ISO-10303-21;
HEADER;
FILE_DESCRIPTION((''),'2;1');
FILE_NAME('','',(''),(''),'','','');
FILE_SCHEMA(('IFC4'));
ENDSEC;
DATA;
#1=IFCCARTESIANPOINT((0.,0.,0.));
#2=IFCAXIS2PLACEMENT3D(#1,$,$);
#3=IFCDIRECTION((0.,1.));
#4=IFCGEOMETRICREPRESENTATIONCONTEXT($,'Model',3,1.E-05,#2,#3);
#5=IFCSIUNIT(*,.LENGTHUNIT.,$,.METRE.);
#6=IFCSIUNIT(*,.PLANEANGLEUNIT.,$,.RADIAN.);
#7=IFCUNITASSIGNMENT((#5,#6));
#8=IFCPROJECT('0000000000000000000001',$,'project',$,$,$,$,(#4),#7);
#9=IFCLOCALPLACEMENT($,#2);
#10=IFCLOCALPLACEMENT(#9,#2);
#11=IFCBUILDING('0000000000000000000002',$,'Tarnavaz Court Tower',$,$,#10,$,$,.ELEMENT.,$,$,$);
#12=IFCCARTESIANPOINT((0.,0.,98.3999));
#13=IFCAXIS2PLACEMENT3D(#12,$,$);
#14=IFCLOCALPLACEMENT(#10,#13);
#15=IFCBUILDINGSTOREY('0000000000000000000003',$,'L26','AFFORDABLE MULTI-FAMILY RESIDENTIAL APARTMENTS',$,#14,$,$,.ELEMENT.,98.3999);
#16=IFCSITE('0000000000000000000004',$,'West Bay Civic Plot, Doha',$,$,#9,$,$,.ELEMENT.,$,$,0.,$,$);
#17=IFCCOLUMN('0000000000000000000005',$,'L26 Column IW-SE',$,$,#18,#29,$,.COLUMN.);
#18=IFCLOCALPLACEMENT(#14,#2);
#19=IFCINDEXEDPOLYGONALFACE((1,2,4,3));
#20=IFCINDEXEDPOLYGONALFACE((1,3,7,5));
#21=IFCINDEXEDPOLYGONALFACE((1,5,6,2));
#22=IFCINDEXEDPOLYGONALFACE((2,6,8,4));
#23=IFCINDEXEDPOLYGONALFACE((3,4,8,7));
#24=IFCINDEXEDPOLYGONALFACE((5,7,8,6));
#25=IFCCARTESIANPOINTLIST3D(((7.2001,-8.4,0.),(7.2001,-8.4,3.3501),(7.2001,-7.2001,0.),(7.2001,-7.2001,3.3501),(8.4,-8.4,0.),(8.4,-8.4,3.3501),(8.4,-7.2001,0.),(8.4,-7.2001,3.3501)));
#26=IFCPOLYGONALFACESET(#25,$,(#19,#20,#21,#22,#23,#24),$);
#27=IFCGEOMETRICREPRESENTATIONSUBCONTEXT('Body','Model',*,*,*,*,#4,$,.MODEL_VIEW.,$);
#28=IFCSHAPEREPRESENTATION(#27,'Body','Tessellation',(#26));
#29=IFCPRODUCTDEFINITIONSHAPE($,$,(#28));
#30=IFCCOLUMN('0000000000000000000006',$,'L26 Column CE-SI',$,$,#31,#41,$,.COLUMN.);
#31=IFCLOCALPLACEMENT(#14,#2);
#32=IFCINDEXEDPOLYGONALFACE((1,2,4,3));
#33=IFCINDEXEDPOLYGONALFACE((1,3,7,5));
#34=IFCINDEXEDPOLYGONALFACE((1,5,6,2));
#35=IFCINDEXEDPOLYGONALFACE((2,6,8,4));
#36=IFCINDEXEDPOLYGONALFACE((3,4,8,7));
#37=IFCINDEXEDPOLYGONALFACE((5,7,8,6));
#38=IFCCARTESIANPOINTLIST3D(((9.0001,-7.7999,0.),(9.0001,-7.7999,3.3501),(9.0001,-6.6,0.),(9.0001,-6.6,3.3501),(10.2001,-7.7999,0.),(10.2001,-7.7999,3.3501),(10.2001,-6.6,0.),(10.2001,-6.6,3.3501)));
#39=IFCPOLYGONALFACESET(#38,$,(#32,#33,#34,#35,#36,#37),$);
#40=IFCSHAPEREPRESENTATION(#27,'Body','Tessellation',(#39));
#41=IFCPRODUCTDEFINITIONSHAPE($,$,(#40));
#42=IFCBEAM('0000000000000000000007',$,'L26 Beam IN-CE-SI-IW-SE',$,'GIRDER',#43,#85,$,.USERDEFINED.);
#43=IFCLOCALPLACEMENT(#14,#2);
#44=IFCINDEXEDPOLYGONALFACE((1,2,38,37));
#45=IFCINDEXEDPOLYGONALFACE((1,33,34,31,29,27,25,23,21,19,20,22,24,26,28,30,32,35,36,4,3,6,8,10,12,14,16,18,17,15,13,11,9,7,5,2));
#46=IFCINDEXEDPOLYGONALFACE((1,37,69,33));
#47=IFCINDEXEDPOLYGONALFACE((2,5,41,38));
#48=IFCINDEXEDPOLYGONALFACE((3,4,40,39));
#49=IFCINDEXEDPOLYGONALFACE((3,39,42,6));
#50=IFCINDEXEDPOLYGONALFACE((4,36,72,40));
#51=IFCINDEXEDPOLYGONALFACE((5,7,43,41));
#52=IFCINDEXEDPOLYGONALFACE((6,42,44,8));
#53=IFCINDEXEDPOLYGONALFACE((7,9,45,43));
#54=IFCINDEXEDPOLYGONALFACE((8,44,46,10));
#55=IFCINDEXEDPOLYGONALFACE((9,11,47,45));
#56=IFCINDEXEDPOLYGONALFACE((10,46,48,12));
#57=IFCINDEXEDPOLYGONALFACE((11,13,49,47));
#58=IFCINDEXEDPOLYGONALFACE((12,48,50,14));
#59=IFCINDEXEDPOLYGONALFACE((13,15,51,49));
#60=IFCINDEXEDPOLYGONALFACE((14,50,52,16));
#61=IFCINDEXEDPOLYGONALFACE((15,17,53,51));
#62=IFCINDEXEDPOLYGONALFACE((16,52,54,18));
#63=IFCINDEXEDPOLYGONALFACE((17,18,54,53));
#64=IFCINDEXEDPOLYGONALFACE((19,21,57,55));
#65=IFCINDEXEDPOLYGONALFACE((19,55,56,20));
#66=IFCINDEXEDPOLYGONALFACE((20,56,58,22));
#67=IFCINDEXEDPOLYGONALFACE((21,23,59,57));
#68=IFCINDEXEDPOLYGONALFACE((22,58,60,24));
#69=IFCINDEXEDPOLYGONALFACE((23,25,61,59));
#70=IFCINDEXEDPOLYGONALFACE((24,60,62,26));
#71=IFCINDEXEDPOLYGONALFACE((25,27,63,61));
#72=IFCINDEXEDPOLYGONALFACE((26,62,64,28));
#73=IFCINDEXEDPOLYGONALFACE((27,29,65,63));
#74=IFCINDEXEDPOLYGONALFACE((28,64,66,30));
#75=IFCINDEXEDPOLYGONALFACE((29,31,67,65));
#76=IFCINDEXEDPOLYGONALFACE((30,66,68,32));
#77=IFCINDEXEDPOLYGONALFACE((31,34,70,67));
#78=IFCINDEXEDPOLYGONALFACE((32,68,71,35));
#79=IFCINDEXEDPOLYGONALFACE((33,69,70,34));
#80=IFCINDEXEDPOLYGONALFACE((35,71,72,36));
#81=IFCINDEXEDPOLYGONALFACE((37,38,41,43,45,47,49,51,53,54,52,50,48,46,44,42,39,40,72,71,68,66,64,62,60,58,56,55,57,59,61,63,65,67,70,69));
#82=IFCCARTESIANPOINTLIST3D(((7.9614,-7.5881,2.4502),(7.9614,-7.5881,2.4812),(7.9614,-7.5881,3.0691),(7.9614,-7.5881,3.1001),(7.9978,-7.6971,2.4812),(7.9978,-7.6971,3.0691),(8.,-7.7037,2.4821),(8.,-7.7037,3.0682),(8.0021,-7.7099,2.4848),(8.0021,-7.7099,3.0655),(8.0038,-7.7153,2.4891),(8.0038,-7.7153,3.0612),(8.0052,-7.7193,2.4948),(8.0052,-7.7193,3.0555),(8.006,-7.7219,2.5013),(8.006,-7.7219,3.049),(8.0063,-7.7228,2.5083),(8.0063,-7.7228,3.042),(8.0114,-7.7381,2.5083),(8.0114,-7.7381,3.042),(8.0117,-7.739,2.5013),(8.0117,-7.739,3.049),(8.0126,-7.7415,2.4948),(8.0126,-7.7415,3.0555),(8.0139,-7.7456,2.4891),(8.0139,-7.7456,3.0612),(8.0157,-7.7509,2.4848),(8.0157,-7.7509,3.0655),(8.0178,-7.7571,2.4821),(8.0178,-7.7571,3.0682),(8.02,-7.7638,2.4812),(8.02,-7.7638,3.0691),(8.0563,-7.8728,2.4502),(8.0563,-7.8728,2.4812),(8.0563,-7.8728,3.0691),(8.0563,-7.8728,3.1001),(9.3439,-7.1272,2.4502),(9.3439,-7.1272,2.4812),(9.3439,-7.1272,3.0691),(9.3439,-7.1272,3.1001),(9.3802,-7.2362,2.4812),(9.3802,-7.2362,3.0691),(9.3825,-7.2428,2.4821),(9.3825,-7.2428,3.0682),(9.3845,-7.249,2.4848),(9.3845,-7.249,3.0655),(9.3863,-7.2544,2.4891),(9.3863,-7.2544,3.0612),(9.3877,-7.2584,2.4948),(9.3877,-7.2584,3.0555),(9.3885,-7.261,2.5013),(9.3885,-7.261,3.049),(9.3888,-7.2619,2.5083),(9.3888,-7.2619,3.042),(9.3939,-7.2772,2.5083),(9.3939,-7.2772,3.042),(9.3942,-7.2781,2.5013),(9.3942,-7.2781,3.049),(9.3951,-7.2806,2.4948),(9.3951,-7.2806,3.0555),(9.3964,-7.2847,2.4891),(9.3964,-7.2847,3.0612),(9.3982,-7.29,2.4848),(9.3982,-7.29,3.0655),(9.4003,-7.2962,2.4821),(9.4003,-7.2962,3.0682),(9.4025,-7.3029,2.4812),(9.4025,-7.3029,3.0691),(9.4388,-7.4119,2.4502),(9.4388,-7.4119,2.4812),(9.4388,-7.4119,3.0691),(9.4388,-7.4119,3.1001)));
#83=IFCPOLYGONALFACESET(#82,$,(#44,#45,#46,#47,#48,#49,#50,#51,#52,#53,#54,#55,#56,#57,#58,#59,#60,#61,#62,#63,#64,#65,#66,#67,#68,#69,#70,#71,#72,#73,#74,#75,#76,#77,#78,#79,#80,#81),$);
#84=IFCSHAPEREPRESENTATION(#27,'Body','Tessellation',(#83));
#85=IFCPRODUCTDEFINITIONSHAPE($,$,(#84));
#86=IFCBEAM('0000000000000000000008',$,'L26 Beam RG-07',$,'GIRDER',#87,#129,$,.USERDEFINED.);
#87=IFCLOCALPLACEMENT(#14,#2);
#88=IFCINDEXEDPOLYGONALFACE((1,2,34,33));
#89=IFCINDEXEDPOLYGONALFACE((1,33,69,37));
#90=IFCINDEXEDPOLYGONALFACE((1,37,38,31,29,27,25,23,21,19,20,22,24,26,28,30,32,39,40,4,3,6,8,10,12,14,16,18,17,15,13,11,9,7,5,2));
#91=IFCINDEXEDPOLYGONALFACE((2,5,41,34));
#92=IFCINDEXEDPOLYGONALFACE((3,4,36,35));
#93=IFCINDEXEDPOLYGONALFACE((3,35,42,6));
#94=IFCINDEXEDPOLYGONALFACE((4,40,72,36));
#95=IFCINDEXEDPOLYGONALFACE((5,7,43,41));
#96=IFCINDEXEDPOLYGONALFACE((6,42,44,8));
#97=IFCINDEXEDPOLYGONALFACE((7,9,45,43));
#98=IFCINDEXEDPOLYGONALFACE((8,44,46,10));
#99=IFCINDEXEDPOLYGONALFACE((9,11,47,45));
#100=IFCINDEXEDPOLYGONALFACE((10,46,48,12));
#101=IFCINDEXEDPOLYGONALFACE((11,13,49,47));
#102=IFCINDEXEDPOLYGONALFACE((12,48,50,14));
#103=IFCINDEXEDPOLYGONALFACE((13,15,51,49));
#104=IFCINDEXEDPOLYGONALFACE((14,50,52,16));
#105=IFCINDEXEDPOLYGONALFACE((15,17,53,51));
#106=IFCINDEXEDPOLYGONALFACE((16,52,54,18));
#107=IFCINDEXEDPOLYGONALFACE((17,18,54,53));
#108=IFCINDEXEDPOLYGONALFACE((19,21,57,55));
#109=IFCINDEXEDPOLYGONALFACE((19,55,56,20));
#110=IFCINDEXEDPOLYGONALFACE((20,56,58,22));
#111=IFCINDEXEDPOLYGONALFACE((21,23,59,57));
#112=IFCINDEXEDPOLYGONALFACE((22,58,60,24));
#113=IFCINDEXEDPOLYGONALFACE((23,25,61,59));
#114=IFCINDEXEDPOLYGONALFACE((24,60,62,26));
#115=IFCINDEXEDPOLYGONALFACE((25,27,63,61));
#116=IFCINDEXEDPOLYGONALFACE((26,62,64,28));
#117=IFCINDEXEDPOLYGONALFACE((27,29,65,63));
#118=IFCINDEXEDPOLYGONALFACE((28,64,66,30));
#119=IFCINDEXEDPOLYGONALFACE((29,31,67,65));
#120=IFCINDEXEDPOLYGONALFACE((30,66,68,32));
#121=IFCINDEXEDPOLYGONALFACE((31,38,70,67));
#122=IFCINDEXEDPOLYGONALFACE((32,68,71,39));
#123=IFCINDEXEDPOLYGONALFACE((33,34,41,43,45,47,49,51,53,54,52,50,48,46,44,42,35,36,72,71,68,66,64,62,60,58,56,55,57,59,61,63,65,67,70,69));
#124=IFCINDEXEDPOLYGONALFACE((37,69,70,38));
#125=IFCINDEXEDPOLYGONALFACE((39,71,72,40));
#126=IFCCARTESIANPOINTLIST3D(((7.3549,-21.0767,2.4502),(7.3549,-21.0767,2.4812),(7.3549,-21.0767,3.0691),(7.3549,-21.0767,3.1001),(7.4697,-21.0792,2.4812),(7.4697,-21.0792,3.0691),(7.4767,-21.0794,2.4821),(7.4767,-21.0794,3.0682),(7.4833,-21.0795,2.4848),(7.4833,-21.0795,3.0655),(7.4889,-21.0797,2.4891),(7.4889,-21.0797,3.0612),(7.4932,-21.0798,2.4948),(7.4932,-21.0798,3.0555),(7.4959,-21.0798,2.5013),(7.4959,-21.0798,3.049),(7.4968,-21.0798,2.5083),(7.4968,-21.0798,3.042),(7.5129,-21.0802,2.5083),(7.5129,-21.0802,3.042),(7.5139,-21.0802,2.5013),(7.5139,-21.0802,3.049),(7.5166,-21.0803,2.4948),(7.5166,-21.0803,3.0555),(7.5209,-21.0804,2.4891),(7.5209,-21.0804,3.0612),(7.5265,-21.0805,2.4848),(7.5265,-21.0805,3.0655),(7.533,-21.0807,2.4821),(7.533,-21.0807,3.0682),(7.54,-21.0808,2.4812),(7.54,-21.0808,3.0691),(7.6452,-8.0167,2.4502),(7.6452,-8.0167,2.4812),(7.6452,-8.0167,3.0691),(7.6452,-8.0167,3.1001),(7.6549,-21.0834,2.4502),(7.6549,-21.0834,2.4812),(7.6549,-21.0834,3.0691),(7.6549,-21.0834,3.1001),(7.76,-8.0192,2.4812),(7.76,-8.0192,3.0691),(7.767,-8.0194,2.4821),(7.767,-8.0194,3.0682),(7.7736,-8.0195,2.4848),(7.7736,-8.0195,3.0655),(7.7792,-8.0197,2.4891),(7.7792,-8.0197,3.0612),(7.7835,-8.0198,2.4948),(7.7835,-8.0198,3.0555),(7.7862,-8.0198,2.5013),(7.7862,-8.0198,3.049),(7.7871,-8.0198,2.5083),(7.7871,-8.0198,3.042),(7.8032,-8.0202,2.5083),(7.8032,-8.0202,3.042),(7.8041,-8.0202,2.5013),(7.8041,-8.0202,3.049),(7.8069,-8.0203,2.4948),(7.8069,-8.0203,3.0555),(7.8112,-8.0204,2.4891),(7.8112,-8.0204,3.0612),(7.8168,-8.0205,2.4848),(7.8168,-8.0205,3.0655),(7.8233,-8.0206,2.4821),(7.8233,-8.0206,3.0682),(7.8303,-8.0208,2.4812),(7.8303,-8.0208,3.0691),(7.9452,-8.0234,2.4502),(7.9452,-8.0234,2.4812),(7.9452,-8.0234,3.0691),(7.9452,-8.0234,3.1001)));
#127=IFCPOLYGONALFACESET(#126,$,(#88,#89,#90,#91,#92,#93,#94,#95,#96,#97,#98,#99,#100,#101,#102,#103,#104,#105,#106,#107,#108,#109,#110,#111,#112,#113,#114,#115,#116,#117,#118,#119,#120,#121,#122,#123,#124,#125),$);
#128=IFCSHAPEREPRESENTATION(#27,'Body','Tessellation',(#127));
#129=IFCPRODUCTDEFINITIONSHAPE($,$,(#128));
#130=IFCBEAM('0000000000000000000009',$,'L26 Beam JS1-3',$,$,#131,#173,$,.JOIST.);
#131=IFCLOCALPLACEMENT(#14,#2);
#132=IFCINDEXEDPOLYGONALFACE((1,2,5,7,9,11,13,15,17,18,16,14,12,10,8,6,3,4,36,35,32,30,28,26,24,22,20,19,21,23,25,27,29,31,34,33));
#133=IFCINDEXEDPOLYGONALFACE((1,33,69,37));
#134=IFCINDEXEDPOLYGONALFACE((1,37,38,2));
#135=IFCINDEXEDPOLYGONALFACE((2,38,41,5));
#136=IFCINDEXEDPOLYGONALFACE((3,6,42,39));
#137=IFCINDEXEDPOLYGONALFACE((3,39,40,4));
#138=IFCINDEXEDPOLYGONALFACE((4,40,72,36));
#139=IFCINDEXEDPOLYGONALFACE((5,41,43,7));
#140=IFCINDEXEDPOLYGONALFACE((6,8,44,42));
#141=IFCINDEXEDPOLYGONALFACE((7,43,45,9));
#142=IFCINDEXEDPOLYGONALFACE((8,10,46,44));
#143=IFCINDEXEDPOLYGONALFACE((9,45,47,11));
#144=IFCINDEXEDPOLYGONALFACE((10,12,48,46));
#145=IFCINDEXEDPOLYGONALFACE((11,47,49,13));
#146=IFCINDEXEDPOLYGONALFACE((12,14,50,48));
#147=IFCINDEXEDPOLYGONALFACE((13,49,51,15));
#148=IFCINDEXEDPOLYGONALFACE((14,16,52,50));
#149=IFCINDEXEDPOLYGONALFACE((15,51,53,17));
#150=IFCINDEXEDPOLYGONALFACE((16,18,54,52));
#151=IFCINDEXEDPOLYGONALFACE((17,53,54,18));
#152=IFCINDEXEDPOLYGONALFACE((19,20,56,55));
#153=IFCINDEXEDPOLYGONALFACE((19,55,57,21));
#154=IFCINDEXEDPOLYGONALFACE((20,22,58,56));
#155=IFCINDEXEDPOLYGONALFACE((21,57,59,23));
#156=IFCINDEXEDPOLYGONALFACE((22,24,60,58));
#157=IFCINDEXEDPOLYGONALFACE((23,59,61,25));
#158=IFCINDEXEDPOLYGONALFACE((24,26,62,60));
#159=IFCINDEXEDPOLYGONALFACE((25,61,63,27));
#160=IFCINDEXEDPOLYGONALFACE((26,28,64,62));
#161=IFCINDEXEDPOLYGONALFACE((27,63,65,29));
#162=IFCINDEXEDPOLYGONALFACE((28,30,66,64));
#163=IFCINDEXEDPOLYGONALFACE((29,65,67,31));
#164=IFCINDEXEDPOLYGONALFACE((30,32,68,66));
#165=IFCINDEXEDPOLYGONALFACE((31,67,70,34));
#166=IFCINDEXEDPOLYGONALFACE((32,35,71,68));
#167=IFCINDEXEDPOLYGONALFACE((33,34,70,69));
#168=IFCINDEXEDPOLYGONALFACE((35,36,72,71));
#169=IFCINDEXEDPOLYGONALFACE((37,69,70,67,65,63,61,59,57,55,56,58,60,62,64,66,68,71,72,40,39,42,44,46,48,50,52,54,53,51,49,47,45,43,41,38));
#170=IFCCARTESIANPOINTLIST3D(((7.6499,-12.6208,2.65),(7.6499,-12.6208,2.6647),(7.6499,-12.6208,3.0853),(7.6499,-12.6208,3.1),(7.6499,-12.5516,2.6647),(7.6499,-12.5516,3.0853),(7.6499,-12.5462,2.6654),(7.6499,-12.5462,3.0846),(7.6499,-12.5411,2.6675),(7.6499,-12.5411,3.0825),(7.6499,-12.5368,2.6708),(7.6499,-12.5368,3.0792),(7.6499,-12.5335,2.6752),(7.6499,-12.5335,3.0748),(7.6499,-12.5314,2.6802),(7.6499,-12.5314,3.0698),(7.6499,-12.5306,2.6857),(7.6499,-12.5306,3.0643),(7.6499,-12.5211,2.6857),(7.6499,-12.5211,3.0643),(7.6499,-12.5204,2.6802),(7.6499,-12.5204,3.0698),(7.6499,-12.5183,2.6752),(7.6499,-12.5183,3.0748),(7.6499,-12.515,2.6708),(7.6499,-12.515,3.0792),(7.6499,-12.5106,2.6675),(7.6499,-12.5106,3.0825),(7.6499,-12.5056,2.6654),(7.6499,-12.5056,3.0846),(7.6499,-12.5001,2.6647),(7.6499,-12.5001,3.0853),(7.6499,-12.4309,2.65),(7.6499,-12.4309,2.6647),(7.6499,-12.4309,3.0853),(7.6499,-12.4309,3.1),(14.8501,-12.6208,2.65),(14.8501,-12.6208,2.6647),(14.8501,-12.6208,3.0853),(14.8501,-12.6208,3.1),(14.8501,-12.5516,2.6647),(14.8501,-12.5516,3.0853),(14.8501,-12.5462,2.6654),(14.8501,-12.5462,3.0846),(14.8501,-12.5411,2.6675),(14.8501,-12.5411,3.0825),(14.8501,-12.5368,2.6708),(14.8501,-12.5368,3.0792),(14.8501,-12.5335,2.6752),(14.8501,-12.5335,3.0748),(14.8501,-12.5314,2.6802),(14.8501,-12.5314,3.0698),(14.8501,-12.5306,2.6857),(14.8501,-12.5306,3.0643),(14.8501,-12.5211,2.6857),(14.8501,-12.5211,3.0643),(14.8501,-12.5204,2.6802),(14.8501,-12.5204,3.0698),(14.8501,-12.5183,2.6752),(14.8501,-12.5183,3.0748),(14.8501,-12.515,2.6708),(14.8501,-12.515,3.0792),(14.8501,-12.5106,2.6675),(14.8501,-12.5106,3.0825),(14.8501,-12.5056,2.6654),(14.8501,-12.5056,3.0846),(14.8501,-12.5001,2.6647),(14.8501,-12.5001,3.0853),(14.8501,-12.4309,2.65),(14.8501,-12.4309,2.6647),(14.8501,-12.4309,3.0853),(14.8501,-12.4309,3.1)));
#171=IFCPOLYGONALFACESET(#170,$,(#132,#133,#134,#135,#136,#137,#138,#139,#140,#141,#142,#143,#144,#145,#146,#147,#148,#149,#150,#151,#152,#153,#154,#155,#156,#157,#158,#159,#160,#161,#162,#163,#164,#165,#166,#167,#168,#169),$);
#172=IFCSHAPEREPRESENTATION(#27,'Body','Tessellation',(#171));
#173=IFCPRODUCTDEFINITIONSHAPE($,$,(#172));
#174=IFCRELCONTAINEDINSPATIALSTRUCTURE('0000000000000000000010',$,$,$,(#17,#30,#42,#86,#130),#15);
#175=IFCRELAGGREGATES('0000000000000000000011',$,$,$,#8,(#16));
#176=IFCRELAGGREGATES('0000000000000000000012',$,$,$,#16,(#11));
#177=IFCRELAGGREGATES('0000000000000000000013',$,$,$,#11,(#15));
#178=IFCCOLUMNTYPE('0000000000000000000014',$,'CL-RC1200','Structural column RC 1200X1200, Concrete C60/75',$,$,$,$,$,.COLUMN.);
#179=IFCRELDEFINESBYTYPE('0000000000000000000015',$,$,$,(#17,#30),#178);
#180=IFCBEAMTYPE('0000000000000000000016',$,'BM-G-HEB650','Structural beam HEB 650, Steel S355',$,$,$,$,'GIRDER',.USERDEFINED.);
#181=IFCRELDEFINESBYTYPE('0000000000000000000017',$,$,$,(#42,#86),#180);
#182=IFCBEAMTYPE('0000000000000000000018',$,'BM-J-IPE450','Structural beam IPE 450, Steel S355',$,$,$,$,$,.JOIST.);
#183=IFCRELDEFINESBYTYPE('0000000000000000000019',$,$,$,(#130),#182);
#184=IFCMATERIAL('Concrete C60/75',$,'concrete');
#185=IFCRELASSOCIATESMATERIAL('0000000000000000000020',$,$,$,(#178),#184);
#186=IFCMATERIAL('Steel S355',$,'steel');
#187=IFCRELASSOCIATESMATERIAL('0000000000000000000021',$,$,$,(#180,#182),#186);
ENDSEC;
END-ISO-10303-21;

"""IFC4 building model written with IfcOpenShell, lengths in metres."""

from ifc_helpers import new_model, si_unit, direction, frame, origin, origin_2d, place, context, subcontext, project, spatial, rectangle, i_section, extrude, material, material_profile, profile_set, type_object, element, save


model = new_model("IFC4")

# Units and contexts
model_context = context("Model", 3, precision=1e-05, world=origin(), true_north=direction((0.0, 1.0)))
body_context = subcontext(model_context, "Body", "Model", "MODEL_VIEW")
ifc_project = project(units=[si_unit("LENGTHUNIT", "METRE"), si_unit("PLANEANGLEUNIT", "RADIAN")], contexts=[model_context])

# Site, building, storey
site_placement = place(None, origin())
site = spatial("IfcSite", under=ifc_project, at=site_placement, Name="West Bay Civic Plot, Doha", CompositionType="ELEMENT", RefElevation=0.0)
building_placement = place(site_placement, origin())
building = spatial("IfcBuilding", under=site, at=building_placement, Name="Tarnavaz Court Tower", CompositionType="ELEMENT")
storey_placement = place(building_placement, frame((0.0, 0.0, 98.3999)))
storey = spatial("IfcBuildingStorey", under=building, at=storey_placement, Name="L26", Description="AFFORDABLE MULTI-FAMILY RESIDENTIAL APARTMENTS", CompositionType="ELEMENT", Elevation=98.3999)

# Columns
ifc_material_1 = material(Name="Concrete C60/75", Category="concrete")
ifc_material_profile_1 = material_profile(ifc_material_1, rectangle(XDim=1.2, YDim=1.2, at=origin_2d()), Name="RC 1200X1200")
ifc_profile_set_1 = profile_set([ifc_material_profile_1], Name="Concrete C60/75")
column_type = type_object("IfcColumnType", Name="CL-RC1200", Description="Structural column RC 1200X1200, Concrete C60/75", PredefinedType="COLUMN", material=ifc_profile_set_1)
for number, where, z_axis, x_axis, name in (
    (1, (7.8, -7.8, 0.0), (0.0, 0.0, 1.0), (1.0, 0.0, 0.0), "L26 Column IW-SE"),
    (2, (9.6001, -7.2, 0.0), (0.0, 0.0, 1.0), (1.0, 0.0, 0.0), "L26 Column CE-SI"),
):
    element("IfcColumn", number, at=place(storey_placement, frame(where, z_axis=z_axis, x_axis=x_axis)), inside=storey, type_object=column_type, Name=name, PredefinedType="COLUMN", context=body_context, shape_type="SweptSolid", body=[
        extrude(rectangle(XDim=1.2, YDim=1.2, at=origin_2d()), origin(), (0.0, 0.0, 1.0), 3.3501),
    ])

# Beams
ifc_material_2 = material(Name="Steel S355", Category="steel")
ifc_material_profile_2 = material_profile(ifc_material_2, i_section(OverallWidth=0.3, OverallDepth=0.6499, WebThickness=0.0161, FlangeThickness=0.031, FilletRadius=0.0271, at=origin_2d()), Name="HEB 650")
ifc_profile_set_2 = profile_set([ifc_material_profile_2], Name="Steel S355")
beam_type_1 = type_object("IfcBeamType", Name="BM-G-HEB650", Description="Structural beam HEB 650, Steel S355", ElementType="GIRDER", PredefinedType="USERDEFINED", material=ifc_profile_set_2)
beam_1_placement = place(storey_placement, frame((9.3914, -7.2695, 2.7751), z_axis=(-0.948667, -0.316278, 0.0), x_axis=(0.316278, -0.948667, 0.0)))
element("IfcBeam", 3, at=beam_1_placement, inside=storey, type_object=beam_type_1, Name="L26 Beam IN-CE-SI-IW-SE", ObjectType="GIRDER", PredefinedType="USERDEFINED", context=body_context, shape_type="SweptSolid", body=[
    extrude(i_section(OverallWidth=0.3, OverallDepth=0.6499, WebThickness=0.0161, FlangeThickness=0.031, FilletRadius=0.0271, at=origin_2d()), origin(), (0.0, 0.0, 1.0), 1.4573),
])
beam_2_placement = place(storey_placement, frame((7.7952, -8.02, 2.7751), z_axis=(-0.022221, -0.999753, 0.0), x_axis=(0.999753, -0.022221, 0.0)))
element("IfcBeam", 4, at=beam_2_placement, inside=storey, type_object=beam_type_1, Name="L26 Beam RG-07", ObjectType="GIRDER", PredefinedType="USERDEFINED", context=body_context, shape_type="SweptSolid", body=[
    extrude(i_section(OverallWidth=0.3, OverallDepth=0.6499, WebThickness=0.0161, FlangeThickness=0.031, FilletRadius=0.0271, at=origin_2d()), origin(), (0.0, 0.0, 1.0), 13.0632),
])
ifc_material_profile_3 = material_profile(ifc_material_2, i_section(OverallWidth=0.1899, OverallDepth=0.45, WebThickness=0.0095, FlangeThickness=0.0146, FilletRadius=0.021, at=origin_2d()), Name="IPE 450")
ifc_profile_set_3 = profile_set([ifc_material_profile_3], Name="Steel S355")
beam_type_2 = type_object("IfcBeamType", Name="BM-J-IPE450", Description="Structural beam IPE 450, Steel S355", PredefinedType="JOIST", material=ifc_profile_set_3)
beam_3_placement = place(storey_placement, frame((7.6499, -12.5259, 2.875), z_axis=(1.0, 0.0, 0.0), x_axis=(0.0, 1.0, 0.0)))
element("IfcBeam", 5, at=beam_3_placement, inside=storey, type_object=beam_type_2, Name="L26 Beam JS1-3", PredefinedType="JOIST", context=body_context, shape_type="SweptSolid", body=[
    extrude(i_section(OverallWidth=0.1899, OverallDepth=0.45, WebThickness=0.0095, FlangeThickness=0.0146, FilletRadius=0.021, at=origin_2d()), origin(), (0.0, 0.0, 1.0), 7.2002),
])

save(model, "model.ifc")
